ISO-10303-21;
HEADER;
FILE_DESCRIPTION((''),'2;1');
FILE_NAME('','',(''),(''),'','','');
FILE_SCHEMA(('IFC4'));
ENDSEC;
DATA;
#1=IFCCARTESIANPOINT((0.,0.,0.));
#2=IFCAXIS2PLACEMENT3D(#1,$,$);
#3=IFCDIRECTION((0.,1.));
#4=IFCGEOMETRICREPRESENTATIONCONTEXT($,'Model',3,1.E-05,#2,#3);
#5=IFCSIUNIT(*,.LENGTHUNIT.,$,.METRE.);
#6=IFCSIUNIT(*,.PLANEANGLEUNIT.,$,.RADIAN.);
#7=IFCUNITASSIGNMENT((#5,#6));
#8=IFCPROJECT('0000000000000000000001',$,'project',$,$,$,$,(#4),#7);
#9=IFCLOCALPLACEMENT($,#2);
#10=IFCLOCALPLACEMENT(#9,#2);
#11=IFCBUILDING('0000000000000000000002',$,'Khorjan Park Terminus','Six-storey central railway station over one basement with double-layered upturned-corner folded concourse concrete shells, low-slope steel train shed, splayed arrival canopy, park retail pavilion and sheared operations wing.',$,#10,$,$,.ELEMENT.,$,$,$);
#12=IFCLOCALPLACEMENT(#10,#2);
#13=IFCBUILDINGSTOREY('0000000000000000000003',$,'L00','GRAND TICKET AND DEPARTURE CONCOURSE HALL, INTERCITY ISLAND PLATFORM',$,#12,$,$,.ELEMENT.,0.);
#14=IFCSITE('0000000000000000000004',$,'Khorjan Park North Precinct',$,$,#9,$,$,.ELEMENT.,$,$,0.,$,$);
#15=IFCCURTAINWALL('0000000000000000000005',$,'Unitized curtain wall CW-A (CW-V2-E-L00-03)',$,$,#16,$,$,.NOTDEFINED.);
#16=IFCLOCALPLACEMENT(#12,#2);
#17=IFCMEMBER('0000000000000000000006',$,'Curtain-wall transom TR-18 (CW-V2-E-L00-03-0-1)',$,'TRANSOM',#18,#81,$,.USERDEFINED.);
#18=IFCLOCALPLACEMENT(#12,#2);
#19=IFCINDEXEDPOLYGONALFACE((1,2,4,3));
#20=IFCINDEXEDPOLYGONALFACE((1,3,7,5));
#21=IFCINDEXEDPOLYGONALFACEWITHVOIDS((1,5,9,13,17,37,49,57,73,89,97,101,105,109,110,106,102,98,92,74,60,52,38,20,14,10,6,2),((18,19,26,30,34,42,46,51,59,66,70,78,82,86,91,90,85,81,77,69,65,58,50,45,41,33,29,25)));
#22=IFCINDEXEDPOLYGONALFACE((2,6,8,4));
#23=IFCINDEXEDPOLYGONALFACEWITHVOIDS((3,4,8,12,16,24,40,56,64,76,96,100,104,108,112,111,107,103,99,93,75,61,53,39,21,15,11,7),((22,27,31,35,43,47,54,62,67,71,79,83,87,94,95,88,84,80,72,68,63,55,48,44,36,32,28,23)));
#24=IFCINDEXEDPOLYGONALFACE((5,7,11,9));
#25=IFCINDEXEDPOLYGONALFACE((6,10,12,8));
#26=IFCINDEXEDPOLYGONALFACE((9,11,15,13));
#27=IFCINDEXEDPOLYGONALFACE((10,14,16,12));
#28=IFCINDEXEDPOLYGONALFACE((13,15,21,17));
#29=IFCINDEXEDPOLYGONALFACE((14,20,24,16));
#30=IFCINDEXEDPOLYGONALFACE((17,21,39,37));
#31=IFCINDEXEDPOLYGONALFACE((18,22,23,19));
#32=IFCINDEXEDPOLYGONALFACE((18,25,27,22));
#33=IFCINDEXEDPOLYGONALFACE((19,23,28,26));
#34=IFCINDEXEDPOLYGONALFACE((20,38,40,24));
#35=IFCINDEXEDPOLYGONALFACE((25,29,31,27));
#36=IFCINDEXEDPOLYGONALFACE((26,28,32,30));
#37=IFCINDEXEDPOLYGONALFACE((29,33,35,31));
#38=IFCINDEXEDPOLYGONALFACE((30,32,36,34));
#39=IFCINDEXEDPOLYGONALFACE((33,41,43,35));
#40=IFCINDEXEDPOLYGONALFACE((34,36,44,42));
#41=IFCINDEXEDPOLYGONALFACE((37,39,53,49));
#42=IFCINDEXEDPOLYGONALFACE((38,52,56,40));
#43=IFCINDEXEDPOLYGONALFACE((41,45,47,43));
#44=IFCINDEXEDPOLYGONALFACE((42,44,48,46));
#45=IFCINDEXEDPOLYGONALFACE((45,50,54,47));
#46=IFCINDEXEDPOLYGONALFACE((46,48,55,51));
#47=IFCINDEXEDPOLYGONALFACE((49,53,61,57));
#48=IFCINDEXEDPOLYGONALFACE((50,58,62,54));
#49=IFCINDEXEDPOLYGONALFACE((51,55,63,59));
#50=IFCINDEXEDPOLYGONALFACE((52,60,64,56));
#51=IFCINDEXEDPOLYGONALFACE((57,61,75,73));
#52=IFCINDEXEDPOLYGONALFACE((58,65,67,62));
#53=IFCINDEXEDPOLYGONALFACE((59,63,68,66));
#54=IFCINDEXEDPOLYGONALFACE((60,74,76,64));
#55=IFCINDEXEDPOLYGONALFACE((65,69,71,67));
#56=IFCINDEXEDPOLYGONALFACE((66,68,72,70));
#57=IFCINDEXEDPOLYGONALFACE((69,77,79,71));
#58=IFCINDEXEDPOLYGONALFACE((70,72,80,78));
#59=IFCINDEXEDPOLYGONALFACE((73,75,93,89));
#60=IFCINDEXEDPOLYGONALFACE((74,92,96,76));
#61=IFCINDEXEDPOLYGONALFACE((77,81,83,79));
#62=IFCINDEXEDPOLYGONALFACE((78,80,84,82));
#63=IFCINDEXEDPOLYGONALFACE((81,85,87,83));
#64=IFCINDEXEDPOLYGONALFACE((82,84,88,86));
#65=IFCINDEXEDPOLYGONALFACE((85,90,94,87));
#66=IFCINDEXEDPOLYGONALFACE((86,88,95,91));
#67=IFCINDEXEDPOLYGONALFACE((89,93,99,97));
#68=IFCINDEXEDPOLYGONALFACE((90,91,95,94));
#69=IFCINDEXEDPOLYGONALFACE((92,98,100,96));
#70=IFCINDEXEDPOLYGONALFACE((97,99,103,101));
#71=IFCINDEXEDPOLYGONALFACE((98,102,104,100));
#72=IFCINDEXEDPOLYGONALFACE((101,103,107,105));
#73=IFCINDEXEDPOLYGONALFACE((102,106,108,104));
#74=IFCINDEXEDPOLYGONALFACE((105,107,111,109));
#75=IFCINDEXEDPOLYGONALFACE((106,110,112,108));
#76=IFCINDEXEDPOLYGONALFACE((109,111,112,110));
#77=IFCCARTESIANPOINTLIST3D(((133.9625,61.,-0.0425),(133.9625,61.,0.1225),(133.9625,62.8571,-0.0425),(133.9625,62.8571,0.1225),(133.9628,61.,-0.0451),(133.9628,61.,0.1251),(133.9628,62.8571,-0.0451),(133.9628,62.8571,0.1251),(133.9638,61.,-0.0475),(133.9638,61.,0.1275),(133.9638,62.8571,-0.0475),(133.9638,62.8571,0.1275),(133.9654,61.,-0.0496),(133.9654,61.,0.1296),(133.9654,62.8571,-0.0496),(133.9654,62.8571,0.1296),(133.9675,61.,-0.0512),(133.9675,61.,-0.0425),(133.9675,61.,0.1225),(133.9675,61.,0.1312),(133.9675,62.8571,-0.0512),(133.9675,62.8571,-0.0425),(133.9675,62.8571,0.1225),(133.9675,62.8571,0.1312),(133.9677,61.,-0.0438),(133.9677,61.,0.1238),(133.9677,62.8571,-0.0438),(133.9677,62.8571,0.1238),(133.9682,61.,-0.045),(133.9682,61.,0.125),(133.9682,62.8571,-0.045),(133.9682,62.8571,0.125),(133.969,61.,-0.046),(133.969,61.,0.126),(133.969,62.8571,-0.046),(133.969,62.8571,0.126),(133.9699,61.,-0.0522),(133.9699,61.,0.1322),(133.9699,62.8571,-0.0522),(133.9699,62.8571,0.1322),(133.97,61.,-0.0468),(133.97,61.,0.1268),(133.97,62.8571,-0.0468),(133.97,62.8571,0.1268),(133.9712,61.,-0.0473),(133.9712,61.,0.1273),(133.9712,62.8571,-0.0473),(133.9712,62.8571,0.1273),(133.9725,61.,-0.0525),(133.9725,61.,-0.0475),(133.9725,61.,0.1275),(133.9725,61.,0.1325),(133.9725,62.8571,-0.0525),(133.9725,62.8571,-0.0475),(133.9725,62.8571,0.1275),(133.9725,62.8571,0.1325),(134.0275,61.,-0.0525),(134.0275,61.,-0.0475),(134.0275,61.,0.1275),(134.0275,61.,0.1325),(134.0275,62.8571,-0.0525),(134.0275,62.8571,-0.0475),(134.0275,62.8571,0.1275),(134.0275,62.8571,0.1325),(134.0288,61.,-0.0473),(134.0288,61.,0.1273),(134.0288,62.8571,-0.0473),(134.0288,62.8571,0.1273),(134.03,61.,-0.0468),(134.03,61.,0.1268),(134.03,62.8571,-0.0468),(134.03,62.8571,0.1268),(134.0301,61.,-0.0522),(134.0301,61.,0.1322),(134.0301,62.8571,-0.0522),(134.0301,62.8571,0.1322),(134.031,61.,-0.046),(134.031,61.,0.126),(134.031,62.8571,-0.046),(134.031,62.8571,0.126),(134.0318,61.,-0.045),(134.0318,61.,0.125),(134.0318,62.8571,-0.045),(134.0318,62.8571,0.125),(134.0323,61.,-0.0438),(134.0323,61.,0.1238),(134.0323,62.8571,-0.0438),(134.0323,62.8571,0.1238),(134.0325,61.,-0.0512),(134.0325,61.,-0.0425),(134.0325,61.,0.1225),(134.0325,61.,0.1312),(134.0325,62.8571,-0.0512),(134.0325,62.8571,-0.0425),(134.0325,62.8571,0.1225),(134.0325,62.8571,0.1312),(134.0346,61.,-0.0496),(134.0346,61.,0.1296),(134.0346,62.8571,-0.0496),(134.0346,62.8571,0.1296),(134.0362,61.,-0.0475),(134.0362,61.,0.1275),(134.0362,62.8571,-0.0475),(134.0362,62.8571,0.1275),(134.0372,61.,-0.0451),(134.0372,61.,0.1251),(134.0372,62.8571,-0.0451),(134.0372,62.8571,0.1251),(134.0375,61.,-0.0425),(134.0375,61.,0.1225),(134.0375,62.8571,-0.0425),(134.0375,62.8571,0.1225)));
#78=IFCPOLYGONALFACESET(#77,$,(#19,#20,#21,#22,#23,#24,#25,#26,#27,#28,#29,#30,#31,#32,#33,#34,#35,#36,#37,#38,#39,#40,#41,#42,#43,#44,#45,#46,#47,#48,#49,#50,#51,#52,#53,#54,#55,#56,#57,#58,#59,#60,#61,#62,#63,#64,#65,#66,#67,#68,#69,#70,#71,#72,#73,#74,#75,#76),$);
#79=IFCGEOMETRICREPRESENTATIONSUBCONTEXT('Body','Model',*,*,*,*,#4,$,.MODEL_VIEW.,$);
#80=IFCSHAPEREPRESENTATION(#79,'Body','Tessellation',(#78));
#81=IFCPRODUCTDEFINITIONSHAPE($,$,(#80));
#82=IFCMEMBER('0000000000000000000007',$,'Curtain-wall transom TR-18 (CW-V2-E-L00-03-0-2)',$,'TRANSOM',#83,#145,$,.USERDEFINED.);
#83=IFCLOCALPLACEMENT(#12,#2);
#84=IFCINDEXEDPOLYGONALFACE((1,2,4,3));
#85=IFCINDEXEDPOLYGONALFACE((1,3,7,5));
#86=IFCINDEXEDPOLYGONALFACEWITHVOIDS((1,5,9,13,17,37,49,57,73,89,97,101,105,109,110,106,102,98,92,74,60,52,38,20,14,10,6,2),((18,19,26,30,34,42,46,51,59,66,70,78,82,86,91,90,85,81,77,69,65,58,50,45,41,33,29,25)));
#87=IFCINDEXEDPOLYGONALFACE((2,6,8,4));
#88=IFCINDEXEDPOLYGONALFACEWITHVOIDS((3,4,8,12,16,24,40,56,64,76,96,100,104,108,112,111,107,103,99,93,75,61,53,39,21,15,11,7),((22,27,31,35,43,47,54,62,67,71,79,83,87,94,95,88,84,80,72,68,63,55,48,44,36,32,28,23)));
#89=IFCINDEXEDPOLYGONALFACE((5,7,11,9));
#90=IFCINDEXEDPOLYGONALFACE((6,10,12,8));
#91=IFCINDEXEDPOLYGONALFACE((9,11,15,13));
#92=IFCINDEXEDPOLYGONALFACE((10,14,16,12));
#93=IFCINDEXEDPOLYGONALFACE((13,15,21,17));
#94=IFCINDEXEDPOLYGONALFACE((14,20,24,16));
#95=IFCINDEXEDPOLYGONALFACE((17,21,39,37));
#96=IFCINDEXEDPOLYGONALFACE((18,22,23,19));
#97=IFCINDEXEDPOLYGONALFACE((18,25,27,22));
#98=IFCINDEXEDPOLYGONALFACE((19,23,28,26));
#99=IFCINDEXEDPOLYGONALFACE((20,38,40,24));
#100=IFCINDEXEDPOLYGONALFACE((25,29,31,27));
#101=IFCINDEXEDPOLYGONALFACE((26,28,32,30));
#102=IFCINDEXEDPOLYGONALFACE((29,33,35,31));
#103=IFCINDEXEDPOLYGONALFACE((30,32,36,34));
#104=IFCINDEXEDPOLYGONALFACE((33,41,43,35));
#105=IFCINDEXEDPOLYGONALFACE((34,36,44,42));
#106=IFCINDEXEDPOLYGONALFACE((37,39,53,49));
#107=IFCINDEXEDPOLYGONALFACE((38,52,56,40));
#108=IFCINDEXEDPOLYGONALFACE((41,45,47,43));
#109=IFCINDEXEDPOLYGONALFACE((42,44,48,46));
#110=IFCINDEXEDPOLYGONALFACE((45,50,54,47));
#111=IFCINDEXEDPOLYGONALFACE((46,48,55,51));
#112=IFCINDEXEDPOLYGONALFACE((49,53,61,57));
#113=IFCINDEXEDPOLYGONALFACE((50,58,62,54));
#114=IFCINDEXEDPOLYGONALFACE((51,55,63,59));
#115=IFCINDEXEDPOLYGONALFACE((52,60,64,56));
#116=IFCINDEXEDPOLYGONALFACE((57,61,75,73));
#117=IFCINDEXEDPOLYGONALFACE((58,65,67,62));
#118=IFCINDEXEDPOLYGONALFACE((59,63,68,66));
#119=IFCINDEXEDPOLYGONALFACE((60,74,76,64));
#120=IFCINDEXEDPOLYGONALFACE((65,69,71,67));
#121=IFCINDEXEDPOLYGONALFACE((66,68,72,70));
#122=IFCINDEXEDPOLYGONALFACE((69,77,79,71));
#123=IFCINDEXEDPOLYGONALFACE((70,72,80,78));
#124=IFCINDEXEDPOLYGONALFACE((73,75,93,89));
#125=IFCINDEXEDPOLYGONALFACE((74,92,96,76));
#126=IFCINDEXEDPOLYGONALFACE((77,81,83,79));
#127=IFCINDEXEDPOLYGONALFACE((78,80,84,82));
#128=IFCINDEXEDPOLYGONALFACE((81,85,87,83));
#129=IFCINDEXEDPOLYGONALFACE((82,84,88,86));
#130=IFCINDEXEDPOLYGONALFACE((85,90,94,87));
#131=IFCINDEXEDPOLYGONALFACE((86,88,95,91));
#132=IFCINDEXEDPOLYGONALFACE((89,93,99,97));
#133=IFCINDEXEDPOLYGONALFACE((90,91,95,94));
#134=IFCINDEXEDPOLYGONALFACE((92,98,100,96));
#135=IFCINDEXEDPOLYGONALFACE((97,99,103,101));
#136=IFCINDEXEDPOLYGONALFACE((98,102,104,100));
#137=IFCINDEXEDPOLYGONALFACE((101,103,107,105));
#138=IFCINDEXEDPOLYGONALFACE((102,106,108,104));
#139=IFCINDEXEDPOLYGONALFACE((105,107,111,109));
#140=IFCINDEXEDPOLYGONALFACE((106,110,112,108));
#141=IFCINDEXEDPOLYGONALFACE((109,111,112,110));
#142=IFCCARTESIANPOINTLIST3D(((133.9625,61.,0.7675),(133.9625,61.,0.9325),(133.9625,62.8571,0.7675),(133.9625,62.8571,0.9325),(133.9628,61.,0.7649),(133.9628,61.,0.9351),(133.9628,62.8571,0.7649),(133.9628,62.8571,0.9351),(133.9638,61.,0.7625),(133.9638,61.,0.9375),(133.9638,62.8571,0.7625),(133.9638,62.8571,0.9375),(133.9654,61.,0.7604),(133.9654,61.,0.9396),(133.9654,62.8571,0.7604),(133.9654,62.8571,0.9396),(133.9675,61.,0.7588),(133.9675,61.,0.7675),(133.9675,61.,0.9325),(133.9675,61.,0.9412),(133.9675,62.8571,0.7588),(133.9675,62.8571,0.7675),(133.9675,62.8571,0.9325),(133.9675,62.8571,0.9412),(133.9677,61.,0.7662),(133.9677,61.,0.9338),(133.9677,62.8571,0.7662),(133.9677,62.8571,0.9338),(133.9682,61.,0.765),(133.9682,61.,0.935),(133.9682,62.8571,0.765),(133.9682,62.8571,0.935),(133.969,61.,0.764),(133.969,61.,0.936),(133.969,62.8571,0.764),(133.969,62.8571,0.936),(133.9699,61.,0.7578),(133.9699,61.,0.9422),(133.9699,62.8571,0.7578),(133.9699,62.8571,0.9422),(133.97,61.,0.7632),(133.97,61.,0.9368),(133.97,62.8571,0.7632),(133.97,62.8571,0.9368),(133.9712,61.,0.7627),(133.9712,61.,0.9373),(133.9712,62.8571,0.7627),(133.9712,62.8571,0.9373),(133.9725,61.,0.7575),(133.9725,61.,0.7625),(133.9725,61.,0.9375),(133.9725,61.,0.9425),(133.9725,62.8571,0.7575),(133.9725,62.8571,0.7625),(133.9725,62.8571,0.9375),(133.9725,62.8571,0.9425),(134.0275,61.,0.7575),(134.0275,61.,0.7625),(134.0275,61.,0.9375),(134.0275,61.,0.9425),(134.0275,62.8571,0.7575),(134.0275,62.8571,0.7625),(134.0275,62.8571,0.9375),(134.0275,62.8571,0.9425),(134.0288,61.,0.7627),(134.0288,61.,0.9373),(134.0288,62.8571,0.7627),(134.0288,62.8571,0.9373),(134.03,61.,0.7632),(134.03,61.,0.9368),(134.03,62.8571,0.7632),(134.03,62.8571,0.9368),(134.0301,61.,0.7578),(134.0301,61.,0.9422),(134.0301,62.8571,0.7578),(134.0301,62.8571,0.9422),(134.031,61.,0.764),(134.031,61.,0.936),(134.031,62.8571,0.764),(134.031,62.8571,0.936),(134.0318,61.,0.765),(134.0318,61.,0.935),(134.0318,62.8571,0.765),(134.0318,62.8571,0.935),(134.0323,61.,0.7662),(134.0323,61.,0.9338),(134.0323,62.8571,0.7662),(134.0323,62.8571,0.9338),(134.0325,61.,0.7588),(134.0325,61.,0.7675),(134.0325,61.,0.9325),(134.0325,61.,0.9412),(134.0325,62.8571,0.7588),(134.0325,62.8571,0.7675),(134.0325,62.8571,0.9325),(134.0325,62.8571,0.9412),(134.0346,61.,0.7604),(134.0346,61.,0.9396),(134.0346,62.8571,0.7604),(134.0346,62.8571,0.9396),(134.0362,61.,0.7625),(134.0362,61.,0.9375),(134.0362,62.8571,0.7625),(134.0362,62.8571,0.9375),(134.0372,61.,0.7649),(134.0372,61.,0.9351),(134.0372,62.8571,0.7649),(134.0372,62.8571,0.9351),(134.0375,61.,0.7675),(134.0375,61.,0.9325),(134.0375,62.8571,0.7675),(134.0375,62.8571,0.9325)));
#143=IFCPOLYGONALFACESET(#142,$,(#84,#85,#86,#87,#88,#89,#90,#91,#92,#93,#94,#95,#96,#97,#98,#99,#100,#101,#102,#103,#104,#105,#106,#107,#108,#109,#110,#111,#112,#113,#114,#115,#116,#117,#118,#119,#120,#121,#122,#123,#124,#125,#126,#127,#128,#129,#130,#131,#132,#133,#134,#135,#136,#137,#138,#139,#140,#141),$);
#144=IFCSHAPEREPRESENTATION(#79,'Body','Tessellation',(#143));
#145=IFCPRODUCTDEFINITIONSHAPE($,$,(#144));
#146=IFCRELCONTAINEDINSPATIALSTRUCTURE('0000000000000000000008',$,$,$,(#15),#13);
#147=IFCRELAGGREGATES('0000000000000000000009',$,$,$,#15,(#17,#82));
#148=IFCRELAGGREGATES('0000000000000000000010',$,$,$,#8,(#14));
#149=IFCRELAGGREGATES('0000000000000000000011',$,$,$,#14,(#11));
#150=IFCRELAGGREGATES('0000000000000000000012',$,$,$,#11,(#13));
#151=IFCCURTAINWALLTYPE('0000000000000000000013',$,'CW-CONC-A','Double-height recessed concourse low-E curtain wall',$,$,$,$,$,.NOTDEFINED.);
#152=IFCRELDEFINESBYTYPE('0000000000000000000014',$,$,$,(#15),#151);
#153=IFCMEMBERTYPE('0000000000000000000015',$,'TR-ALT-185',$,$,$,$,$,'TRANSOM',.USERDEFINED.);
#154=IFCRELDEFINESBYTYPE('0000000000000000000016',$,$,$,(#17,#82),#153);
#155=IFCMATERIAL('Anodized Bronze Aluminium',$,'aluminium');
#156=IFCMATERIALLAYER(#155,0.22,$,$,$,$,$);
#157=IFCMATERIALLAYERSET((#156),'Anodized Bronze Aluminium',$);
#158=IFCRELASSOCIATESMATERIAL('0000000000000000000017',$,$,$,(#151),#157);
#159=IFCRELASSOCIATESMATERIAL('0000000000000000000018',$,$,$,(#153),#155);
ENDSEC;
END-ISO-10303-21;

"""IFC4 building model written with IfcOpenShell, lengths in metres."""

from ifc_helpers import new_model, si_unit, direction, frame, origin, origin_2d, place, context, subcontext, project, spatial, hollow_rectangle, extrude, material, layer, layer_set, material_profile, profile_set, type_object, element, aggregate, save


model = new_model("IFC4")

# Units and contexts
model_context = context("Model", 3, precision=1e-05, world=origin(), true_north=direction((0.0, 1.0)))
body_context = subcontext(model_context, "Body", "Model", "MODEL_VIEW")
ifc_project = project(units=[si_unit("LENGTHUNIT", "METRE"), si_unit("PLANEANGLEUNIT", "RADIAN")], contexts=[model_context])

# Site, building, storey
site_placement = place(None, origin())
site = spatial("IfcSite", under=ifc_project, at=site_placement, Name="Khorjan Park North Precinct", CompositionType="ELEMENT", RefElevation=0.0)
building_placement = place(site_placement, origin())
building = spatial("IfcBuilding", under=site, at=building_placement, Name="Khorjan Park Terminus", Description="Six-storey central railway station over one basement with double-layered upturned-corner folded concourse concrete shells, low-slope steel train shed, splayed arrival canopy, park retail pavilion and sheared operations wing.", CompositionType="ELEMENT")
storey_placement = place(building_placement, origin())
storey = spatial("IfcBuildingStorey", under=building, at=storey_placement, Name="L00", Description="GRAND TICKET AND DEPARTURE CONCOURSE HALL, INTERCITY ISLAND PLATFORM", CompositionType="ELEMENT", Elevation=0.0)

# Curtain wall, members
ifc_material_1 = material(Name="Anodized Bronze Aluminium", Category="aluminium")
ifc_layer_1 = layer(ifc_material_1, 0.22)
ifc_layer_set_1 = layer_set([ifc_layer_1], Name="Anodized Bronze Aluminium")
curtain_wall_type = type_object("IfcCurtainWallType", Name="CW-CONC-A", Description="Double-height recessed concourse low-E curtain wall", PredefinedType="NOTDEFINED", material=ifc_layer_set_1)
curtain_wall_placement = place(storey_placement, origin())
curtain_wall = element("IfcCurtainWall", 1, at=curtain_wall_placement, inside=storey, type_object=curtain_wall_type, Name="Unitized curtain wall CW-A (CW-V2-E-L00-03)", PredefinedType="NOTDEFINED")
ifc_material_profile_1 = material_profile(ifc_material_1, hollow_rectangle(XDim=0.075, YDim=0.185, WallThickness=0.005, InnerFilletRadius=0.005, OuterFilletRadius=0.01, at=origin_2d()), Name="ALT 75x185x5")
ifc_profile_set_1 = profile_set([ifc_material_profile_1], Name="Anodized Bronze Aluminium")
member_type_1 = type_object("IfcMemberType", Name="TR-ALT-185", ElementType="TRANSOM", PredefinedType="USERDEFINED", material=ifc_profile_set_1)
member_1_placement = place(storey_placement, frame((134.0, 61.0, 0.04), z_axis=(0.0, 1.0, 0.0), x_axis=(-1.0, 0.0, 0.0)))
member_1 = element("IfcMember", 2, at=member_1_placement, type_object=member_type_1, Name="Curtain-wall transom TR-18 (CW-V2-E-L00-03-0-1)", ObjectType="TRANSOM", PredefinedType="USERDEFINED", context=body_context, shape_type="SweptSolid", body=[
    extrude(hollow_rectangle(XDim=0.075, YDim=0.185, WallThickness=0.005, InnerFilletRadius=0.005, OuterFilletRadius=0.01, at=origin_2d()), origin(), (0.0, 0.0, 1.0), 1.8571),
])
member_2_placement = place(storey_placement, frame((134.0, 61.0, 0.85), z_axis=(0.0, 1.0, 0.0), x_axis=(-1.0, 0.0, 0.0)))
member_2 = element("IfcMember", 3, at=member_2_placement, type_object=member_type_1, Name="Curtain-wall transom TR-18 (CW-V2-E-L00-03-0-2)", ObjectType="TRANSOM", PredefinedType="USERDEFINED", context=body_context, shape_type="SweptSolid", body=[
    extrude(hollow_rectangle(XDim=0.075, YDim=0.185, WallThickness=0.005, InnerFilletRadius=0.005, OuterFilletRadius=0.01, at=origin_2d()), origin(), (0.0, 0.0, 1.0), 1.8571),
])
aggregate(curtain_wall, [member_1, member_2])

save(model, "model.ifc")
